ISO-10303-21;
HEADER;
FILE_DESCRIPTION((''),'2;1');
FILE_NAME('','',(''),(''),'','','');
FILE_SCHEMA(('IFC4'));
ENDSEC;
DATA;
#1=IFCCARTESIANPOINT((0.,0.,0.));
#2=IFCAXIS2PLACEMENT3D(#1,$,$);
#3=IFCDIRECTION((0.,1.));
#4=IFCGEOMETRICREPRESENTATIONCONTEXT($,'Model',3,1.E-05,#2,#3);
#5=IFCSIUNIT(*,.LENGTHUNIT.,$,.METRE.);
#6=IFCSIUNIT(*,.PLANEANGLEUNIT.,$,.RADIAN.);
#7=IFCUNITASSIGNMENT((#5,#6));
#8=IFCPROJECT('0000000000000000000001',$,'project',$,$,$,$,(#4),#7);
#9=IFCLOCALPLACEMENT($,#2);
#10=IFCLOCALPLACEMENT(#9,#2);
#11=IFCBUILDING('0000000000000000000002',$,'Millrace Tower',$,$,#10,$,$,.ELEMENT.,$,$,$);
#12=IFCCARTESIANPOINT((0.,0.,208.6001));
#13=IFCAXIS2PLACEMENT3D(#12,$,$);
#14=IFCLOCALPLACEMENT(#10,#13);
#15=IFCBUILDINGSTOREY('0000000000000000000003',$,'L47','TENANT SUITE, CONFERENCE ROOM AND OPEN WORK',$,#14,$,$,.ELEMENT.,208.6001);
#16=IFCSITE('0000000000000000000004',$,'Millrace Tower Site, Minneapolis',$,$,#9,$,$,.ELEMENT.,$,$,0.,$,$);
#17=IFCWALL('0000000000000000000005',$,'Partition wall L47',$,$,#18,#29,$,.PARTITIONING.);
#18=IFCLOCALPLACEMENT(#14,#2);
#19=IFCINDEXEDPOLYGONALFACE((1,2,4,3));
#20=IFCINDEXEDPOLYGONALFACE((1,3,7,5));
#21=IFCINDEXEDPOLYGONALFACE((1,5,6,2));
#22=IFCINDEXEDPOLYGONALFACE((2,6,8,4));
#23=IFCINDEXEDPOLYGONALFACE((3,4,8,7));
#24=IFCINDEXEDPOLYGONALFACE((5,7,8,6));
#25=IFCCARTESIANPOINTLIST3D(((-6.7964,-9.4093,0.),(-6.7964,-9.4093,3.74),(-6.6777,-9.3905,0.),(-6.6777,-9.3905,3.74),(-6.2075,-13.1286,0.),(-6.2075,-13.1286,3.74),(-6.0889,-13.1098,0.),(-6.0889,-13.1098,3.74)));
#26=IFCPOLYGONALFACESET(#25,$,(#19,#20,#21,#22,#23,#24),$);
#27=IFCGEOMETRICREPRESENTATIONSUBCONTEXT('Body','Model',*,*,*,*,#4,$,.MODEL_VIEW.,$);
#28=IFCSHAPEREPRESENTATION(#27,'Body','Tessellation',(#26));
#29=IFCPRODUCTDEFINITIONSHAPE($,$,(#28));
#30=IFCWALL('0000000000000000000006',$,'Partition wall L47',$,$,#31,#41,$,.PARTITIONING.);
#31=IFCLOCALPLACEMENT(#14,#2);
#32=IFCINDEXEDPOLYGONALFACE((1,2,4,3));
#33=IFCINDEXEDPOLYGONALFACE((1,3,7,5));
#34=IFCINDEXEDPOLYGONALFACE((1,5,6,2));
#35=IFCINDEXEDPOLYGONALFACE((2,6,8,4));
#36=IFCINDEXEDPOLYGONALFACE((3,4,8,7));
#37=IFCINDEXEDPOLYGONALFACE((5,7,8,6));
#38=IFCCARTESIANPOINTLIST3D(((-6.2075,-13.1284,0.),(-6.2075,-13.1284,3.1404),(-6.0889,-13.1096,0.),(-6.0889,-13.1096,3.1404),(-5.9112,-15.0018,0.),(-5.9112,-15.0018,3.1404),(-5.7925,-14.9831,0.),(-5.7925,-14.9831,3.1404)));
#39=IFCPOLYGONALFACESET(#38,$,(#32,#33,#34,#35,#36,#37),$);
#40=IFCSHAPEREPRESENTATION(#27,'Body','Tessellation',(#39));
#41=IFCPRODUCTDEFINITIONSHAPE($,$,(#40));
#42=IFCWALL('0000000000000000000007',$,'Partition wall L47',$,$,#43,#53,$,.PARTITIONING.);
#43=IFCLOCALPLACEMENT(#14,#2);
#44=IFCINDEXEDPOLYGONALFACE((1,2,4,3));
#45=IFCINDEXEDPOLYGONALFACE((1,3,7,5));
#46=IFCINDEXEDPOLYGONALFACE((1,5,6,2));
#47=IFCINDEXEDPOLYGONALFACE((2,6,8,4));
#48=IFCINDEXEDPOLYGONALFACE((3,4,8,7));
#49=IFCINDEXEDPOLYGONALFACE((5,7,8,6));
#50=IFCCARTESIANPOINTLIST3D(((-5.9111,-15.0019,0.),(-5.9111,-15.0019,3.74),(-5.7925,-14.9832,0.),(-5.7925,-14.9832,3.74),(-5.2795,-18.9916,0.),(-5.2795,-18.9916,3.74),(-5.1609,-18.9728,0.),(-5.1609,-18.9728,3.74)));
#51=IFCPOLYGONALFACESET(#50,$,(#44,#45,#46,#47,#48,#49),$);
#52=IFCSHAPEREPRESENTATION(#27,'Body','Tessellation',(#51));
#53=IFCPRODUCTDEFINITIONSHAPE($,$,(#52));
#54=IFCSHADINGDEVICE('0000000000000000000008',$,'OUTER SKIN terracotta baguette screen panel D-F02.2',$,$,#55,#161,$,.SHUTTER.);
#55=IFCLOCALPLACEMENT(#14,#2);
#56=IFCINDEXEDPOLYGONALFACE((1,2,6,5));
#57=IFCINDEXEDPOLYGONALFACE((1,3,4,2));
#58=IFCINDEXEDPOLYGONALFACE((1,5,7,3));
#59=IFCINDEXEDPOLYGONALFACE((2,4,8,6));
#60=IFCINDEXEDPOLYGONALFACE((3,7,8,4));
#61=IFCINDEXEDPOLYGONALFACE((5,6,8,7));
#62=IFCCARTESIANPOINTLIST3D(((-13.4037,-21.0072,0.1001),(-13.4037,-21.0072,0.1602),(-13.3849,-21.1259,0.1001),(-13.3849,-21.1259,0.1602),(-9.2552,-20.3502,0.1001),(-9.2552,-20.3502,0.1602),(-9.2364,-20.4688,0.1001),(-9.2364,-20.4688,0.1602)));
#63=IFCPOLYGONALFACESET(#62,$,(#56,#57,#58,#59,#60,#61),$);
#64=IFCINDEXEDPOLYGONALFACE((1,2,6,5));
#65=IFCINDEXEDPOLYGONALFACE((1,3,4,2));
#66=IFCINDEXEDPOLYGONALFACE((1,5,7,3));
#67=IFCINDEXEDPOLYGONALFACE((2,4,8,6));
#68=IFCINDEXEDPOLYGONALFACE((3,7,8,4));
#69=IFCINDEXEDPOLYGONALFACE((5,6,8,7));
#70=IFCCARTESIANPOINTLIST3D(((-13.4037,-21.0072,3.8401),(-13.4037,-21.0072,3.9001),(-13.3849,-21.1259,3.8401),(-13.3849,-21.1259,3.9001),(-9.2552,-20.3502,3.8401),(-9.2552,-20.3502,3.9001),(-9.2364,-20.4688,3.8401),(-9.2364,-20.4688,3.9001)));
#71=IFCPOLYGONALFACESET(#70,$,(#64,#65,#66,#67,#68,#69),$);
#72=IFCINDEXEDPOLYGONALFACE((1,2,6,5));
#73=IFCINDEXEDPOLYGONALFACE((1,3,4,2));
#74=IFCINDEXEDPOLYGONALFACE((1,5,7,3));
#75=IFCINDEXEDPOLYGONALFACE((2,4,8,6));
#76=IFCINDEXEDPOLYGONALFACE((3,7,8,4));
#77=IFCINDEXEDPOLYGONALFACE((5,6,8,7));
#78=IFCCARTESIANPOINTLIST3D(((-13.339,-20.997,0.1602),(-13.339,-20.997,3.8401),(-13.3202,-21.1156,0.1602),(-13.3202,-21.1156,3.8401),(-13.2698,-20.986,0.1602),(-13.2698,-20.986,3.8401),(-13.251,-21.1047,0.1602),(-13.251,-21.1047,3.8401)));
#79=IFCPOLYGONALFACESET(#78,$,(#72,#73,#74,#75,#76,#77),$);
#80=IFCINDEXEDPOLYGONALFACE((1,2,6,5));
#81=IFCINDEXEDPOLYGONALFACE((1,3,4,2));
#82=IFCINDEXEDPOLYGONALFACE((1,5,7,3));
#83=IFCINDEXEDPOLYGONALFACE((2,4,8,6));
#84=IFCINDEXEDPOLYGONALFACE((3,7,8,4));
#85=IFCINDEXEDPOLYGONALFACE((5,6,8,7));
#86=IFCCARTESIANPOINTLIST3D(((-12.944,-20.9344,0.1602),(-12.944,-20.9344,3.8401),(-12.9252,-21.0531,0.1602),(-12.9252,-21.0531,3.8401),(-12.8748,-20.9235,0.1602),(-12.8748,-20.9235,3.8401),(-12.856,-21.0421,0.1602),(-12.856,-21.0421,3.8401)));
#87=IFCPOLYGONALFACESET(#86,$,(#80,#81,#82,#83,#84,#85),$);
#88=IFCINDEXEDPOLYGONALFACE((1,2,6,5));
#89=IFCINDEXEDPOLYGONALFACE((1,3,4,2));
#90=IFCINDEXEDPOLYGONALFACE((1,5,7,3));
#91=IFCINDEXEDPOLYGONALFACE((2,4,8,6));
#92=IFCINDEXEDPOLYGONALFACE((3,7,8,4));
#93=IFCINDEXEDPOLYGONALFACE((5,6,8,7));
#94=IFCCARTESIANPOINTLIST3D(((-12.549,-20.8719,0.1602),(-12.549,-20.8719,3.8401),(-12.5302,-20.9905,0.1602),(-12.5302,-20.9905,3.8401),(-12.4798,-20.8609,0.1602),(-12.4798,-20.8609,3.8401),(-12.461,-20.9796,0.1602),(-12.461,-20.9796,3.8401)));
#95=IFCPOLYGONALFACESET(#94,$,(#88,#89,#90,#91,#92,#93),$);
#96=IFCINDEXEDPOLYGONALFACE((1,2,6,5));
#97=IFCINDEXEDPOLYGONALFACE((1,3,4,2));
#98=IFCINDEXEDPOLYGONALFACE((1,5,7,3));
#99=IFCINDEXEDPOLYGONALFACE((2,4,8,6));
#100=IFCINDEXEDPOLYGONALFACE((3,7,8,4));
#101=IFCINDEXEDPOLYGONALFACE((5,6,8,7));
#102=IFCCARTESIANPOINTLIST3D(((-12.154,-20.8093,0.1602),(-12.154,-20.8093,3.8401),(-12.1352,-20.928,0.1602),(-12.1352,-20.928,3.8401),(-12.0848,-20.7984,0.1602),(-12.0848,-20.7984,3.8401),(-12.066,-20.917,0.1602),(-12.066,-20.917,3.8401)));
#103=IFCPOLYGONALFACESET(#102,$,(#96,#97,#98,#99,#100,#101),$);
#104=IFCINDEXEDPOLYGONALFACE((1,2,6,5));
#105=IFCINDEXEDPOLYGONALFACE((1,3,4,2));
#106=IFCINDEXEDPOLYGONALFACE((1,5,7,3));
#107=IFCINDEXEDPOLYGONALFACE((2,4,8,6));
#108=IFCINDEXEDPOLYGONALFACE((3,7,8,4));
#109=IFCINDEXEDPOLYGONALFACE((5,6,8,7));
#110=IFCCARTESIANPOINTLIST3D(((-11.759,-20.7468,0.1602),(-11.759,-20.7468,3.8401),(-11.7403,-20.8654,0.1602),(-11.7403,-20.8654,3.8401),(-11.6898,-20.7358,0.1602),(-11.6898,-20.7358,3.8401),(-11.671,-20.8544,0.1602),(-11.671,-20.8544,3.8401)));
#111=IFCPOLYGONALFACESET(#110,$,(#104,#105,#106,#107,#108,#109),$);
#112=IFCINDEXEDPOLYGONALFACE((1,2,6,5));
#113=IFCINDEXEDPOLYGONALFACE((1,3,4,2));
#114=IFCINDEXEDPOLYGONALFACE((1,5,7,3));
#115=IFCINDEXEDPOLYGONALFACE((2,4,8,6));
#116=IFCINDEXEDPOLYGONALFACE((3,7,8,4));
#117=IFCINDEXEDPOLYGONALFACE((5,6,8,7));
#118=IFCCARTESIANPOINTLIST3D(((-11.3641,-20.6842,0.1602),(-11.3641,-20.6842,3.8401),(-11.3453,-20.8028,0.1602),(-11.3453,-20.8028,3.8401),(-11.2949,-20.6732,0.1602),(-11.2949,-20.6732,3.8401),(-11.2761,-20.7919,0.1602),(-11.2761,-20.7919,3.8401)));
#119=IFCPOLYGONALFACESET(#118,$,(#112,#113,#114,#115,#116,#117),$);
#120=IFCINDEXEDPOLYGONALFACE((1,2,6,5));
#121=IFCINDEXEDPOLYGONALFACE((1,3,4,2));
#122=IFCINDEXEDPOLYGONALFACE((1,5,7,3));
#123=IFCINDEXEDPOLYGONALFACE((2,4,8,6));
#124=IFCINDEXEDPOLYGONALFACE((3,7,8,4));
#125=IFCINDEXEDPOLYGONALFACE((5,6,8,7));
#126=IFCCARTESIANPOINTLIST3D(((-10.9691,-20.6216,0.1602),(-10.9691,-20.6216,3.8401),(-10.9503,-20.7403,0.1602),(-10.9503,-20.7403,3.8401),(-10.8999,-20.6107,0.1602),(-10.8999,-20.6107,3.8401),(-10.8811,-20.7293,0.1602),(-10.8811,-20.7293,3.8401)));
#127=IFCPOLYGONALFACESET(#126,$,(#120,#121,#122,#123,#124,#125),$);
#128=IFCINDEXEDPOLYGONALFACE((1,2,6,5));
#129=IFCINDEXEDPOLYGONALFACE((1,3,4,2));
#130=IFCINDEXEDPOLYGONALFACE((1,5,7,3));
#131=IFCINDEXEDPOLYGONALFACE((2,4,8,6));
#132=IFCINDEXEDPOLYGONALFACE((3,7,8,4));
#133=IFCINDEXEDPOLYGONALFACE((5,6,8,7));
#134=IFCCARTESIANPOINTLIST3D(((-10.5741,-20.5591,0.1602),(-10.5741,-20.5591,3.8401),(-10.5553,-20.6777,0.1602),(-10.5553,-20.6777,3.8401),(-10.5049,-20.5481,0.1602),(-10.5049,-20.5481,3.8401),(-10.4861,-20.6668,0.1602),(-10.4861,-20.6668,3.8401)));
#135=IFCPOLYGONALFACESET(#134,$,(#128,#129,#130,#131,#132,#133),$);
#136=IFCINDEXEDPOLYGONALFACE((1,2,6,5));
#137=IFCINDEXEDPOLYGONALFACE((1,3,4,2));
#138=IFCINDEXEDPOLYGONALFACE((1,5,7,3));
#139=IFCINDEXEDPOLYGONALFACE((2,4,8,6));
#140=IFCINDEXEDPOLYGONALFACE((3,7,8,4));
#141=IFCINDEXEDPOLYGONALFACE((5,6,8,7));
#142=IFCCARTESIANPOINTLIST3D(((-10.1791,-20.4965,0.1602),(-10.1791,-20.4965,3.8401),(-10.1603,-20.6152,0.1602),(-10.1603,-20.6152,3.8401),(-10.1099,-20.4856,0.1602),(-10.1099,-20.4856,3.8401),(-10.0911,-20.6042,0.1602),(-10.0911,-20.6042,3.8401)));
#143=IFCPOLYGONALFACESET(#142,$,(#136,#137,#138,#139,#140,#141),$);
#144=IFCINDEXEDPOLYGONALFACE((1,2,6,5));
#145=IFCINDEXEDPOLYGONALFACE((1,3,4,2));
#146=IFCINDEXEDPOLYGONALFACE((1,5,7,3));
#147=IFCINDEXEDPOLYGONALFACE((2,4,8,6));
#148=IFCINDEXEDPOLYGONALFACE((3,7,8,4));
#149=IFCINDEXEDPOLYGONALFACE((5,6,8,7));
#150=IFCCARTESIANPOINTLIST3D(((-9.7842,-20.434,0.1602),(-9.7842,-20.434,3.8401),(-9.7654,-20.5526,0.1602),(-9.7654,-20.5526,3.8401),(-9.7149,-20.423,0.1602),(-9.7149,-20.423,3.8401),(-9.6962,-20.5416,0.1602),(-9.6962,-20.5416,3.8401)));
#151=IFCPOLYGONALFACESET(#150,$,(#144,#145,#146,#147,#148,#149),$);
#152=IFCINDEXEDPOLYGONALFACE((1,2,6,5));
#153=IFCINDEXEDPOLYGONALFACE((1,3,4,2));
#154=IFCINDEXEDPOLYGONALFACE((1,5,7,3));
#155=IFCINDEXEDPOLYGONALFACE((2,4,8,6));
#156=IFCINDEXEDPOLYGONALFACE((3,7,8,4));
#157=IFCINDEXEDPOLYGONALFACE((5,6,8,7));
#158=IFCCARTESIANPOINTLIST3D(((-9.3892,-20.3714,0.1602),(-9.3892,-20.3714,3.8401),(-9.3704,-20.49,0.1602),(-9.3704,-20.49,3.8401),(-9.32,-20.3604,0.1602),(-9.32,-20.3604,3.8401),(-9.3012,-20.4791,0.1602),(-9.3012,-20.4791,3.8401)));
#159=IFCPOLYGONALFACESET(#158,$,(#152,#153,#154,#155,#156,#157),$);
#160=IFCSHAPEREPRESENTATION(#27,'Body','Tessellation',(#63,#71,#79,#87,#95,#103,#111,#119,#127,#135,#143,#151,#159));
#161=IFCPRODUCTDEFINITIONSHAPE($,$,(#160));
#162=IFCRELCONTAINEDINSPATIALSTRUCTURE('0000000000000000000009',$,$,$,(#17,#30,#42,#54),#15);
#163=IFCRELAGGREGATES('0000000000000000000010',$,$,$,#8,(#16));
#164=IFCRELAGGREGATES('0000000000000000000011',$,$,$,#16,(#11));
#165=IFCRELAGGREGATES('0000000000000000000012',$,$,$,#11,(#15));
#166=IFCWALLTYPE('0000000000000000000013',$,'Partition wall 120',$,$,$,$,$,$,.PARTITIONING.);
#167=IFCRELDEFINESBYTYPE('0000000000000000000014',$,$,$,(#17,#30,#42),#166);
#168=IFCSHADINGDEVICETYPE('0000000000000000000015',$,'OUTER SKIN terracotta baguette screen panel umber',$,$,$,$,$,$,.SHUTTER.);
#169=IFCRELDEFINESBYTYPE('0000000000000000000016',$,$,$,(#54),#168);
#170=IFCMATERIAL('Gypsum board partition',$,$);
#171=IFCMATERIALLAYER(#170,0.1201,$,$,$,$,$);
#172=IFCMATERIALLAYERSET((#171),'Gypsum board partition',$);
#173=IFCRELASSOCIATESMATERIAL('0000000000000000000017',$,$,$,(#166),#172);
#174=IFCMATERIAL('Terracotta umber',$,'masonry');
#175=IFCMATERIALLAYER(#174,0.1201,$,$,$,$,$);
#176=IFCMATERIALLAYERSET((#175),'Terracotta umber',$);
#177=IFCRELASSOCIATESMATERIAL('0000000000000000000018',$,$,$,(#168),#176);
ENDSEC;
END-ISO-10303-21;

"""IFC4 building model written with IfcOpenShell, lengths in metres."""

from ifc_helpers import new_model, entity, si_unit, direction, frame, frame_2d, origin, origin_2d, place, context, subcontext, project, spatial, rectangle, extrude, source, transform, mapped, material, layer, layer_set, type_object, element, save


model = new_model("IFC4")

# Units and contexts
model_context = context("Model", 3, precision=1e-05, world=origin(), true_north=direction((0.0, 1.0)))
body_context = subcontext(model_context, "Body", "Model", "MODEL_VIEW")
ifc_project = project(units=[si_unit("LENGTHUNIT", "METRE"), si_unit("PLANEANGLEUNIT", "RADIAN")], contexts=[model_context])

# Site, building, storey
site_placement = place(None, origin())
site = spatial("IfcSite", under=ifc_project, at=site_placement, Name="Millrace Tower Site, Minneapolis", CompositionType="ELEMENT", RefElevation=0.0)
building_placement = place(site_placement, origin())
building = spatial("IfcBuilding", under=site, at=building_placement, Name="Millrace Tower", CompositionType="ELEMENT")
storey_placement = place(building_placement, frame((0.0, 0.0, 208.6001)))
storey = spatial("IfcBuildingStorey", under=building, at=storey_placement, Name="L47", Description="TENANT SUITE, CONFERENCE ROOM AND OPEN WORK", CompositionType="ELEMENT", Elevation=208.6001)

# Walls
ifc_material_1 = material(Name="Gypsum board partition")
ifc_layer_1 = layer(ifc_material_1, 0.1201)
ifc_layer_set_1 = layer_set([ifc_layer_1], Name="Gypsum board partition")
wall_type_1 = type_object("IfcWallType", Name="Partition wall 120", PredefinedType="PARTITIONING", material=ifc_layer_set_1)
wall_1_placement = place(storey_placement, frame((-6.7371, -9.3999, 0.0), z_axis=(0.0, 0.0, 1.0), x_axis=(0.156382, -0.987697, 0.0)))
element("IfcWall", 1, at=wall_1_placement, inside=storey, type_object=wall_type_1, Name="Partition wall L47", PredefinedType="PARTITIONING", context=body_context, shape_type="SweptSolid", body=[
    extrude(rectangle(XDim=3.7656, YDim=0.1201, at=frame_2d((1.8828, 0.0))), origin(), (0.0, 0.0, 1.0), 3.74),
])
wall_2_placement = place(storey_placement, frame((-6.1482, -13.1191, 0.0), z_axis=(0.0, 0.0, 1.0), x_axis=(0.156253, -0.987717, 0.0)))
element("IfcWall", 2, at=wall_2_placement, inside=storey, type_object=wall_type_1, Name="Partition wall L47", PredefinedType="PARTITIONING", context=body_context, shape_type="SweptSolid", body=[
    extrude(rectangle(XDim=1.8967, YDim=0.1201, at=frame_2d((0.9482, 0.0))), origin(), (0.0, 0.0, 1.0), 3.1404),
])
wall_3_placement = place(storey_placement, frame((-5.8518, -14.9927, 0.0), z_axis=(0.0, 0.0, 1.0), x_axis=(0.156366, -0.987699, 0.0)))
element("IfcWall", 3, at=wall_3_placement, inside=storey, type_object=wall_type_1, Name="Partition wall L47", PredefinedType="PARTITIONING", context=body_context, shape_type="SweptSolid", body=[
    extrude(rectangle(XDim=4.0393, YDim=0.1201, at=frame_2d((2.0195, 0.0))), origin(), (0.0, 0.0, 1.0), 3.74),
])

# Shading device
ifc_material_2 = material(Name="Terracotta umber", Category="masonry")
ifc_layer_2 = layer(ifc_material_2, 0.1201)
ifc_layer_set_2 = layer_set([ifc_layer_2], Name="Terracotta umber")
shading_device_type = type_object("IfcShadingDeviceType", Name="OUTER SKIN terracotta baguette screen panel umber", PredefinedType="SHUTTER", material=ifc_layer_set_2)
cartesian_point = entity("IfcCartesianPoint", [-2.1001, 0.0601])
shared_polyline = entity("IfcPolyline", [cartesian_point, entity("IfcCartesianPoint", [2.1001, 0.0601]), entity("IfcCartesianPoint", [2.1001, -0.0601]), entity("IfcCartesianPoint", [-2.1001, -0.0601]), cartesian_point])
shared_shape = source(origin(), body_context, "Body", "SweptSolid", [
    entity("IfcExtrudedAreaSolid", entity("IfcArbitraryClosedProfileDef", "AREA", None, shared_polyline), entity("IfcAxis2Placement3D", entity("IfcCartesianPoint", [0.0, 0.0, 0.0])), entity("IfcDirection", [0.0, 0.0, 1.0]), 0.0601),
    entity("IfcExtrudedAreaSolid", entity("IfcArbitraryClosedProfileDef", "AREA", None, shared_polyline), entity("IfcAxis2Placement3D", entity("IfcCartesianPoint", [0.0, 0.0, 3.74])), entity("IfcDirection", [0.0, 0.0, 1.0]), 0.0601),
    extrude(rectangle(XDim=0.0701, YDim=0.1201, at=frame_2d((-1.9995, 0.0))), frame((0.0, 0.0, 0.0601)), (0.0, 0.0, 1.0), 3.6799),
    extrude(rectangle(XDim=0.0701, YDim=0.1201, at=frame_2d((-1.5996, 0.0))), frame((0.0, 0.0, 0.0601)), (0.0, 0.0, 1.0), 3.6799),
    extrude(rectangle(XDim=0.0701, YDim=0.1201, at=frame_2d((-1.1997, 0.0))), frame((0.0, 0.0, 0.0601)), (0.0, 0.0, 1.0), 3.6799),
    extrude(rectangle(XDim=0.0701, YDim=0.1201, at=frame_2d((-0.7998, 0.0))), frame((0.0, 0.0, 0.0601)), (0.0, 0.0, 1.0), 3.6799),
    extrude(rectangle(XDim=0.0701, YDim=0.1201, at=frame_2d((-0.3999, 0.0))), frame((0.0, 0.0, 0.0601)), (0.0, 0.0, 1.0), 3.6799),
    extrude(rectangle(XDim=0.0701, YDim=0.1201, at=origin_2d()), frame((0.0, 0.0, 0.0601)), (0.0, 0.0, 1.0), 3.6799),
    extrude(rectangle(XDim=0.0701, YDim=0.1201, at=frame_2d((0.3999, 0.0))), frame((0.0, 0.0, 0.0601)), (0.0, 0.0, 1.0), 3.6799),
    extrude(rectangle(XDim=0.0701, YDim=0.1201, at=frame_2d((0.7998, 0.0))), frame((0.0, 0.0, 0.0601)), (0.0, 0.0, 1.0), 3.6799),
    extrude(rectangle(XDim=0.0701, YDim=0.1201, at=frame_2d((1.1997, 0.0))), frame((0.0, 0.0, 0.0601)), (0.0, 0.0, 1.0), 3.6799),
    extrude(rectangle(XDim=0.0701, YDim=0.1201, at=frame_2d((1.5996, 0.0))), frame((0.0, 0.0, 0.0601)), (0.0, 0.0, 1.0), 3.6799),
    extrude(rectangle(XDim=0.0701, YDim=0.1201, at=frame_2d((1.9995, 0.0))), frame((0.0, 0.0, 0.0601)), (0.0, 0.0, 1.0), 3.6799),
])
for number, where, z_axis, x_axis, name in (
    (4, (-11.3201, -20.738, 0.1001), (0.0, 0.0, 1.0), (0.987688, 0.156434, 0.0), "OUTER SKIN terracotta baguette screen panel D-F02.2"),
):
    element("IfcShadingDevice", number, at=place(storey_placement, frame(where, z_axis=z_axis, x_axis=x_axis)), inside=storey, type_object=shading_device_type, Name=name, PredefinedType="SHUTTER", context=body_context, shape_type="MappedRepresentation", body=[
        mapped(shared_shape, transform((0.0, 0.0, 0.0), scale=1.0)),
    ])

save(model, "model.ifc")
